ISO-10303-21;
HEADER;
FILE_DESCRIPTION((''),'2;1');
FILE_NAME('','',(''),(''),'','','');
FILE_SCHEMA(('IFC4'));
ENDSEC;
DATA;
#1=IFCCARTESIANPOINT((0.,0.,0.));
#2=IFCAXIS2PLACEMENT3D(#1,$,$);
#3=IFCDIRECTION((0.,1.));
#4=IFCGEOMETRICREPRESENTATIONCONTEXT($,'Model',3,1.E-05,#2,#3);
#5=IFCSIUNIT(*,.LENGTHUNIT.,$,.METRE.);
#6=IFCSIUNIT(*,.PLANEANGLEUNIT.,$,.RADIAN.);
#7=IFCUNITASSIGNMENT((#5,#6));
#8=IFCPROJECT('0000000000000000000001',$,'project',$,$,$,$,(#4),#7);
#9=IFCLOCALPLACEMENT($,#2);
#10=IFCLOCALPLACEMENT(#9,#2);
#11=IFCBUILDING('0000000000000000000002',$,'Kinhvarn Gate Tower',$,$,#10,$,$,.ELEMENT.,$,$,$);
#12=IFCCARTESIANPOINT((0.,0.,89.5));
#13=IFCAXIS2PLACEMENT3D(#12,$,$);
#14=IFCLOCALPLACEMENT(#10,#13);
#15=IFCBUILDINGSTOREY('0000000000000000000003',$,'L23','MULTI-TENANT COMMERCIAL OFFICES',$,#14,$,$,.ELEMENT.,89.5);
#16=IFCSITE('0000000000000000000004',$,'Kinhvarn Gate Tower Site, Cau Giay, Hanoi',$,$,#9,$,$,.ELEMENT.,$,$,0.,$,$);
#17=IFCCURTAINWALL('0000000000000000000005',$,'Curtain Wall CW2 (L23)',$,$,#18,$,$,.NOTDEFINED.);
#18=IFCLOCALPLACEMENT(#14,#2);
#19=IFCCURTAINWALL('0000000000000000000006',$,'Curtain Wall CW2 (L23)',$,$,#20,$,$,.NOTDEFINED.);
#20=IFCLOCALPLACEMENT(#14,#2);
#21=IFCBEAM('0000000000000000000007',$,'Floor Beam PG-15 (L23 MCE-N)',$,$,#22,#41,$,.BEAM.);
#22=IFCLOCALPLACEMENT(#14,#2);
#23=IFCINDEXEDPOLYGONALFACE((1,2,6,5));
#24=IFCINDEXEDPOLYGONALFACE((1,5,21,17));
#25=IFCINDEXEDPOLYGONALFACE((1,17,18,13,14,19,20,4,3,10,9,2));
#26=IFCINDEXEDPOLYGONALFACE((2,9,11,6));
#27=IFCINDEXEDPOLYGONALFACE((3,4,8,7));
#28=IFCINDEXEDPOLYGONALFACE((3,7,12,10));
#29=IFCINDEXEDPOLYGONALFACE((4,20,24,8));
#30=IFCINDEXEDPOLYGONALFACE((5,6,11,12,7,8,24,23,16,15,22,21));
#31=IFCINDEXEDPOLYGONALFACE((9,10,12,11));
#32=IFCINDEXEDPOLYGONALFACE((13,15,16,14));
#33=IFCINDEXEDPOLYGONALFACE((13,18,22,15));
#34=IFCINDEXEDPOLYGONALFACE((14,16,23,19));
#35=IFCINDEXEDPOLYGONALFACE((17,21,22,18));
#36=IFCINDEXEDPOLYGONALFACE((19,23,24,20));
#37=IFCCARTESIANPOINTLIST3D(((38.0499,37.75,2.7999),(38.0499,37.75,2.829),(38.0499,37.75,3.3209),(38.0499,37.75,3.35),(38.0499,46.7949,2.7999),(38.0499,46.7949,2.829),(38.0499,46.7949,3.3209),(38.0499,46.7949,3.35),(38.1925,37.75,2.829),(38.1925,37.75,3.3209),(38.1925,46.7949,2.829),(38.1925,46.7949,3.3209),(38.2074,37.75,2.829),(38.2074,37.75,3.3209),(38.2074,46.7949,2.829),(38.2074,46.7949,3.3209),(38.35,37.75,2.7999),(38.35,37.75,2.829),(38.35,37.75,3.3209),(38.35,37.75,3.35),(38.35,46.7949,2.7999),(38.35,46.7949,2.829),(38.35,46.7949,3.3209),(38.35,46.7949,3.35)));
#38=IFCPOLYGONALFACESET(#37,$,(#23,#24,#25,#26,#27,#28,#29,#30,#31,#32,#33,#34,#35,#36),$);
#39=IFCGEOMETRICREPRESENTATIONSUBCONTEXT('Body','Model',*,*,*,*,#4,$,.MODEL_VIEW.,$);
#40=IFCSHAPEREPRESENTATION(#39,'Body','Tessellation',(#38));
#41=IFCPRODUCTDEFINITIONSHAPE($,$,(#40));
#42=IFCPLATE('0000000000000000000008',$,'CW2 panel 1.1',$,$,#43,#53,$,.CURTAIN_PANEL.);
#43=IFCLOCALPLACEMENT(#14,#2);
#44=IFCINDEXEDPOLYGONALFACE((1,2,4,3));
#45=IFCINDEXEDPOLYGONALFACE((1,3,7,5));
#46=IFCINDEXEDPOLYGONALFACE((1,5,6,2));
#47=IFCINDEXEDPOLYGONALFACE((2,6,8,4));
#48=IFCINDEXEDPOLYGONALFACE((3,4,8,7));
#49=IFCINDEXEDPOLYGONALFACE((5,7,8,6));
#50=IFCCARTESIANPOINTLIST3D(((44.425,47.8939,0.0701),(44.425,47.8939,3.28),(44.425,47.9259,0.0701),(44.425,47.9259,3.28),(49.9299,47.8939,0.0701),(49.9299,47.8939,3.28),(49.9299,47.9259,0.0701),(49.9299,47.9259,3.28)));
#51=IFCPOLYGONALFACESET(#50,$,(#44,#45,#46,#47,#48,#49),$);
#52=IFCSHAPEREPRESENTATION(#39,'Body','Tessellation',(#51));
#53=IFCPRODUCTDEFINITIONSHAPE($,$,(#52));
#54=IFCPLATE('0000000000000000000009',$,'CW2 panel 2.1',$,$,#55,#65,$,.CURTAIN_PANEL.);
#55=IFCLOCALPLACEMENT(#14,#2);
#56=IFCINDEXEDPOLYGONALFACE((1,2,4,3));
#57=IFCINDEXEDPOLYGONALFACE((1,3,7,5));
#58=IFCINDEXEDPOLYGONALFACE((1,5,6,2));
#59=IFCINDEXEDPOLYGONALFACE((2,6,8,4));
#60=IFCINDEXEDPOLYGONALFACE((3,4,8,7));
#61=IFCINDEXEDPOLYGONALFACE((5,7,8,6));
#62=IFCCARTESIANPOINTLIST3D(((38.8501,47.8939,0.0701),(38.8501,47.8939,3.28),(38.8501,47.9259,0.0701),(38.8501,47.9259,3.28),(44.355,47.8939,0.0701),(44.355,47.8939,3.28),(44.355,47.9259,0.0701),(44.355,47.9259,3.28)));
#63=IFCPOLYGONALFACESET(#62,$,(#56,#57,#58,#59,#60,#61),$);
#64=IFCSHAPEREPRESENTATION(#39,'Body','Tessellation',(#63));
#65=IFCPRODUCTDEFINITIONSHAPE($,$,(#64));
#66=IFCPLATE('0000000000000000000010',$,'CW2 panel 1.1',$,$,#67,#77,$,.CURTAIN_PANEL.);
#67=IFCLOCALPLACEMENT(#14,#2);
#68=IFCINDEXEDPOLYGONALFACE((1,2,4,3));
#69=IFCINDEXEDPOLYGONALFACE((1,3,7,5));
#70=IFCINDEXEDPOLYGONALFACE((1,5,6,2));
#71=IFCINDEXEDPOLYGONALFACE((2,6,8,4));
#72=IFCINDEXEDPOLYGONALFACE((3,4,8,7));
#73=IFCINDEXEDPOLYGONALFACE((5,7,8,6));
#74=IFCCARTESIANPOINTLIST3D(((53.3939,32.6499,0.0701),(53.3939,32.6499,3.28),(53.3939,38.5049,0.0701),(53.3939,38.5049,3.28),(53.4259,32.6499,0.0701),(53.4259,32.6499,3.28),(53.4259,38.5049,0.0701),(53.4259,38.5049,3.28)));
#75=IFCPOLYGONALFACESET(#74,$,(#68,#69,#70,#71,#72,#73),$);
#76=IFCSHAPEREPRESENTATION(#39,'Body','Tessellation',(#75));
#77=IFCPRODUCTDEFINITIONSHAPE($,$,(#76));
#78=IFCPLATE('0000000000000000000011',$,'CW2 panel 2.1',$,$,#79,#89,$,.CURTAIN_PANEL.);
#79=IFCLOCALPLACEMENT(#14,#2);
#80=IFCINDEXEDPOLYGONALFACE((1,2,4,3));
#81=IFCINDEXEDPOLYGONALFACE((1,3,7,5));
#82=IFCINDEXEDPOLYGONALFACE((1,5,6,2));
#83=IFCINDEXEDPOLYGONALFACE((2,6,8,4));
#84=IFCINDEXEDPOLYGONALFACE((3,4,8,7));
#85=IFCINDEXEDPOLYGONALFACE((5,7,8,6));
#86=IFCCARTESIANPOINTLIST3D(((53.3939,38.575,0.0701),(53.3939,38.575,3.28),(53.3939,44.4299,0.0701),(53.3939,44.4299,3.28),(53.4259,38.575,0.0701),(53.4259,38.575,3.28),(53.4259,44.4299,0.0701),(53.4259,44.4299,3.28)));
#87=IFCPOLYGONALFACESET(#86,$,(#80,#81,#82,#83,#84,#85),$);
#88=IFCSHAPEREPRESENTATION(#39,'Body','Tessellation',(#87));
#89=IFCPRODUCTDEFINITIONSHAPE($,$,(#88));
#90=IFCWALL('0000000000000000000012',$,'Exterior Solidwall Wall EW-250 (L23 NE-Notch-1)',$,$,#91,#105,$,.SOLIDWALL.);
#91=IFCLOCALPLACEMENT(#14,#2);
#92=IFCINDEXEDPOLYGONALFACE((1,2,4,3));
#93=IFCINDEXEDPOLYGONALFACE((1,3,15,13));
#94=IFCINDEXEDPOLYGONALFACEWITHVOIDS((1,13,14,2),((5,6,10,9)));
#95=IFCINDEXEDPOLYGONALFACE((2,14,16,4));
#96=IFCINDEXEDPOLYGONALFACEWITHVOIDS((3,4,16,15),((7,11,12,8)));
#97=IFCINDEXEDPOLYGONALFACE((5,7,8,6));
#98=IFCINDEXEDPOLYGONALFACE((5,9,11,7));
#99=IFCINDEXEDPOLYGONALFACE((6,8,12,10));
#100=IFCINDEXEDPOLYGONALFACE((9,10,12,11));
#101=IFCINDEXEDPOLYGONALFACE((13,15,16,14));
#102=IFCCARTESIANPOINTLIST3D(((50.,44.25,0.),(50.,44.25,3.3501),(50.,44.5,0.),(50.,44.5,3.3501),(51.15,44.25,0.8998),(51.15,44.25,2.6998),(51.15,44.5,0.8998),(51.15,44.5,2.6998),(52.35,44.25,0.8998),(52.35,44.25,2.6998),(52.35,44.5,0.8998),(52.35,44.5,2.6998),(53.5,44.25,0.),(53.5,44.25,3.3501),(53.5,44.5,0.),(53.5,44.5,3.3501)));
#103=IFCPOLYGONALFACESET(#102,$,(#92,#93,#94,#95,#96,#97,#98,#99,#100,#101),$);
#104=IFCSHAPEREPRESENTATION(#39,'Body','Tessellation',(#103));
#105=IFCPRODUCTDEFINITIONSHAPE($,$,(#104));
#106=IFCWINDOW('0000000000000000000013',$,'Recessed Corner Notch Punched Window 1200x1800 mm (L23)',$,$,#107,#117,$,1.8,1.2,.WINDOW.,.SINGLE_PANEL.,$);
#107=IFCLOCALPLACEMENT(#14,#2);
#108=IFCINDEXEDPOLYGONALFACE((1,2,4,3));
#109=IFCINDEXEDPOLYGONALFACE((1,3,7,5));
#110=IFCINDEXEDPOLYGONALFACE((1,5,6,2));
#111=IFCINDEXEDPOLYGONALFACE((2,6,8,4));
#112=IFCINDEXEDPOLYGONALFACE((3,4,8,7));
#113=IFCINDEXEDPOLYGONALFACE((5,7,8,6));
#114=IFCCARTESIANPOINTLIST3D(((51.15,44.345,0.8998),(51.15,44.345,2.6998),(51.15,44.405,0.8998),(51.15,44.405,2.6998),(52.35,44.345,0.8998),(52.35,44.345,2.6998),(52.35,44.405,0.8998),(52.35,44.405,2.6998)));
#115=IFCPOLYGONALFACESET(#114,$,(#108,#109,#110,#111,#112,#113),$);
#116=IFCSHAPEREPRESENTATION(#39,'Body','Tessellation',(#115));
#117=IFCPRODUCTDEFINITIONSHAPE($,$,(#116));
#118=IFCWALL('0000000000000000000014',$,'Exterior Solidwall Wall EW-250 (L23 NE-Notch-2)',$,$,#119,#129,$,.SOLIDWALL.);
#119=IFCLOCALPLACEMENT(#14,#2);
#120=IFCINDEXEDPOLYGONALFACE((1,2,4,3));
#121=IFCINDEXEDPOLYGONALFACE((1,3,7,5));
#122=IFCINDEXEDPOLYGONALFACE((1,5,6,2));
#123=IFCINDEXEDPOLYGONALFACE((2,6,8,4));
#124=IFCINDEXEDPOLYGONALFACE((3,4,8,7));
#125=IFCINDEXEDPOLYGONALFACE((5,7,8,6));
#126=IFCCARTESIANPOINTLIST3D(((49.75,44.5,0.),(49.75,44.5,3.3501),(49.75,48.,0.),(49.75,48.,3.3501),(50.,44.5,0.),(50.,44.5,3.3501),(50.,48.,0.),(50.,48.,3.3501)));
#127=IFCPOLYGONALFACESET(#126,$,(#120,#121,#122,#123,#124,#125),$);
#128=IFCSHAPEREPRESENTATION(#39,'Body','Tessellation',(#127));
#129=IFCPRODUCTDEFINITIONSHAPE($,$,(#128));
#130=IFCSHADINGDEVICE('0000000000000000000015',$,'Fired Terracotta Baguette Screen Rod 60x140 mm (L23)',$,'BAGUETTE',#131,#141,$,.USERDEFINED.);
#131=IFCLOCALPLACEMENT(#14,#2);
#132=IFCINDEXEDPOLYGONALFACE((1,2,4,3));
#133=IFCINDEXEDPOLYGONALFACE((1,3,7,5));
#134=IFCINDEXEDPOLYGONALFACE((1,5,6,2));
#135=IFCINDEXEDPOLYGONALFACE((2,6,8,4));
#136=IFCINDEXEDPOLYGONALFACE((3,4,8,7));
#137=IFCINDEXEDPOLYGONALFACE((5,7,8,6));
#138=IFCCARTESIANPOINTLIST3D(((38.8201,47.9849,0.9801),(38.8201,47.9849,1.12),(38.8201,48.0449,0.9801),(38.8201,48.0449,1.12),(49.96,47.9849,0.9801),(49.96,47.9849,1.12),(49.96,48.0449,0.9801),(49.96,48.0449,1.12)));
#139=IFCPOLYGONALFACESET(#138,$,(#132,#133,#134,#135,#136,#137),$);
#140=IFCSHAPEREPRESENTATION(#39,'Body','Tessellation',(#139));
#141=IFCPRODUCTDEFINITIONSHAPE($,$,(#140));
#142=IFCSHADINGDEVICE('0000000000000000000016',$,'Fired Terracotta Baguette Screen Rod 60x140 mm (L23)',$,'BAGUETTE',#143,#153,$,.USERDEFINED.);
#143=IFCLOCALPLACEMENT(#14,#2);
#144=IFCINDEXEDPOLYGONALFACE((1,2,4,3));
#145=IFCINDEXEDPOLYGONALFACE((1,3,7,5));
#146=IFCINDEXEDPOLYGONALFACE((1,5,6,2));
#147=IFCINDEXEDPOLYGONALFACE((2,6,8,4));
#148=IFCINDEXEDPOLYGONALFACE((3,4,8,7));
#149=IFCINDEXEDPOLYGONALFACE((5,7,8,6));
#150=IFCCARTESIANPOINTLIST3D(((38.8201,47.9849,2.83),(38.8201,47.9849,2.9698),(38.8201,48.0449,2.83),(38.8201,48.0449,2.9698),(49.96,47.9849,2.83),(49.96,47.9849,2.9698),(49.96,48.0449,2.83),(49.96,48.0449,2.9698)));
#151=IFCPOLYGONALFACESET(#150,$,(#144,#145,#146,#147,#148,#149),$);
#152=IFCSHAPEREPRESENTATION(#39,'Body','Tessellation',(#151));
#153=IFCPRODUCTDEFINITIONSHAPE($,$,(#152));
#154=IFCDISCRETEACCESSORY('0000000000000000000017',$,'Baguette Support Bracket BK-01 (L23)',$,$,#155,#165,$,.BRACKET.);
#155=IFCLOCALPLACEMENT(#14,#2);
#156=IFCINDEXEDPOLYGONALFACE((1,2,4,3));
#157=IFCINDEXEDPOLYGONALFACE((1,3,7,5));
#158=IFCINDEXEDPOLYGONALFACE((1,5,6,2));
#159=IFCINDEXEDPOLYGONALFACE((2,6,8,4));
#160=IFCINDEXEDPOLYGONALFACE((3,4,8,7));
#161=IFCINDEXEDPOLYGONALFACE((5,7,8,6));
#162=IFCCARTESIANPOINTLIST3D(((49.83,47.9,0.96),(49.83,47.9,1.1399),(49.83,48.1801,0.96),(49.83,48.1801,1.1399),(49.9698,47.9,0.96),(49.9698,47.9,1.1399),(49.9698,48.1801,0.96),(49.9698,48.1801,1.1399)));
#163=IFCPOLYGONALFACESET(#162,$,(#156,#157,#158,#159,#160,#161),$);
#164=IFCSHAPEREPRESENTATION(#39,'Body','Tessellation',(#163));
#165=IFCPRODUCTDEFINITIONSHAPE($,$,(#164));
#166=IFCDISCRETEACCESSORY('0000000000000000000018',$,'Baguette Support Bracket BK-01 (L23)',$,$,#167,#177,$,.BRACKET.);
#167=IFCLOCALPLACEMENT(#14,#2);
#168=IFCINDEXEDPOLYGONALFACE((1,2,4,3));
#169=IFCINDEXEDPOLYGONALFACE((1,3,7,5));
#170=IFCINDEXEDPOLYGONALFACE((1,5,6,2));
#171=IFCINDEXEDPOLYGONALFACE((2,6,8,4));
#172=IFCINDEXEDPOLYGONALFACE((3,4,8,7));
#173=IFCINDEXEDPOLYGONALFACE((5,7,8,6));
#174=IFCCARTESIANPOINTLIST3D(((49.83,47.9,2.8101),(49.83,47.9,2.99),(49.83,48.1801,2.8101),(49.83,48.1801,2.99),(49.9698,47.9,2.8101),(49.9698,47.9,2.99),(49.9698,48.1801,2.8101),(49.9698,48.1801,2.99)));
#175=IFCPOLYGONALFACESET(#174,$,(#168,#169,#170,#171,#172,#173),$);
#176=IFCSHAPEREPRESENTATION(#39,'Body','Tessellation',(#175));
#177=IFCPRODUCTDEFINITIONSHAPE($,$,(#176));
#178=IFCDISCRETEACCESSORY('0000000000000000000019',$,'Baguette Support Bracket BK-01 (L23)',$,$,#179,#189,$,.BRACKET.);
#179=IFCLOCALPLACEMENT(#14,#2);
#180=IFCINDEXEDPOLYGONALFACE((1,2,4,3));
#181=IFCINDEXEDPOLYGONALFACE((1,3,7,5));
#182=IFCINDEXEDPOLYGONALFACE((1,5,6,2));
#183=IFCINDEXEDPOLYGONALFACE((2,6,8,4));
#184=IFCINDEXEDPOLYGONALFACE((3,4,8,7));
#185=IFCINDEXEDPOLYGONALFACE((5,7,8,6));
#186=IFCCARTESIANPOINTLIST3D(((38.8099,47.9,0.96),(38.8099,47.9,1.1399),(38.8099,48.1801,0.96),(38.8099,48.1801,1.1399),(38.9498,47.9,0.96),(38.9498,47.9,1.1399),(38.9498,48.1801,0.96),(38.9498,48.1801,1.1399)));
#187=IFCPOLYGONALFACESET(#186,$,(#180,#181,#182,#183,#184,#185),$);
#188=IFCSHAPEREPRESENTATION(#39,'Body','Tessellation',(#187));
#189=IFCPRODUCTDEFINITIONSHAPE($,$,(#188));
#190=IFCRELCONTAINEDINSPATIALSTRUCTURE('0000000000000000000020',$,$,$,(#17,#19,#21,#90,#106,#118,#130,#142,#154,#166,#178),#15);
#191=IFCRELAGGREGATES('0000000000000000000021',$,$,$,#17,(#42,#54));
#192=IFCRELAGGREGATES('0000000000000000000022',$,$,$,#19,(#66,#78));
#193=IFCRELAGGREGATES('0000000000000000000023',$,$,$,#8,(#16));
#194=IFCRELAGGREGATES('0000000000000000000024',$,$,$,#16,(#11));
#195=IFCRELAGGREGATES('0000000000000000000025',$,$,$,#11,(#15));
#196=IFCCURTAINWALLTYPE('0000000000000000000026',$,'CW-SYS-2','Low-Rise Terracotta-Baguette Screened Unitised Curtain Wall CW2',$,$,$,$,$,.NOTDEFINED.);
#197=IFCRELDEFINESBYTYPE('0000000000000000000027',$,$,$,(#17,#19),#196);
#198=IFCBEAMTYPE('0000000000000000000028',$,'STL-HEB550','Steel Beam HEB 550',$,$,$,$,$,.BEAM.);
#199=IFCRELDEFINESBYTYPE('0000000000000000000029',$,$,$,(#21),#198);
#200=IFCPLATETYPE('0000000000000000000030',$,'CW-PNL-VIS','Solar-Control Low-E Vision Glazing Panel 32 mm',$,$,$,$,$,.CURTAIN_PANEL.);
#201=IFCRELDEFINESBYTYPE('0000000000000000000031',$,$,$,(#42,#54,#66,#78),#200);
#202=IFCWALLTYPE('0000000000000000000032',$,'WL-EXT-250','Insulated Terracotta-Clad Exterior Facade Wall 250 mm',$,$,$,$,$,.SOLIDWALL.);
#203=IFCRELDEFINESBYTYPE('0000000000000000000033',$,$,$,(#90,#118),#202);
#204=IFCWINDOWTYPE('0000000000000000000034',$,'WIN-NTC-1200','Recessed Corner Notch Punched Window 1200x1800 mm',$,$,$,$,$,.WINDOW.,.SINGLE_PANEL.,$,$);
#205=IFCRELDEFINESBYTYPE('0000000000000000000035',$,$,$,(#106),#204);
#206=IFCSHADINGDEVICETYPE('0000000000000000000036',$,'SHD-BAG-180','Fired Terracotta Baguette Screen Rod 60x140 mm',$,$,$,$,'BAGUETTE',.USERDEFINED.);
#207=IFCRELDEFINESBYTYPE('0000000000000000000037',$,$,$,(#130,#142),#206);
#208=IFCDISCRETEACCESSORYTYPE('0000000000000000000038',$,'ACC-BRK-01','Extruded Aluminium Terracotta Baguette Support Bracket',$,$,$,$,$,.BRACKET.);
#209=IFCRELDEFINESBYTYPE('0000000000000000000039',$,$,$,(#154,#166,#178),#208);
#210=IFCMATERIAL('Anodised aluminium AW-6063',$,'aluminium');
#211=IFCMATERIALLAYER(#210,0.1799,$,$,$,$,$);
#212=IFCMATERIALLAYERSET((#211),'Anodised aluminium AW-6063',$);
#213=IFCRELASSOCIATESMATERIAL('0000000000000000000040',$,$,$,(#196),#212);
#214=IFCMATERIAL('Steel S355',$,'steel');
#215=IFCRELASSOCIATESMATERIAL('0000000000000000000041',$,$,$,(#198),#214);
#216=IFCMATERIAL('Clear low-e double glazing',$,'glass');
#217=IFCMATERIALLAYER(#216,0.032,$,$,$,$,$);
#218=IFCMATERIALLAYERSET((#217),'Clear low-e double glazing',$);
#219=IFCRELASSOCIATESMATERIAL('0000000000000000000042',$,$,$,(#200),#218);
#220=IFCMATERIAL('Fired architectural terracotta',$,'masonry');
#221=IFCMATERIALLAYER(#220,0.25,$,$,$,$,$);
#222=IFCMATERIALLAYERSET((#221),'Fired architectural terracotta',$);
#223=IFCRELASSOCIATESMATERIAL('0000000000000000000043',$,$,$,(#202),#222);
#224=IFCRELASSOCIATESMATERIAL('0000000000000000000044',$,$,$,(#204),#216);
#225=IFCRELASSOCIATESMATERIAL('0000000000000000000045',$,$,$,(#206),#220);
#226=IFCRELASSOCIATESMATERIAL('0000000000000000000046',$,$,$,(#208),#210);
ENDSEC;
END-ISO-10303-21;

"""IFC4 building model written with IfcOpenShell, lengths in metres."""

from ifc_helpers import new_model, si_unit, direction, frame, frame_2d, origin, origin_2d, place, context, subcontext, project, spatial, rectangle, i_section, extrude, material, layer, layer_set, material_profile, profile_set, type_object, element, fill, aggregate, save


model = new_model("IFC4")

# Units and contexts
model_context = context("Model", 3, precision=1e-05, world=origin(), true_north=direction((0.0, 1.0)))
body_context = subcontext(model_context, "Body", "Model", "MODEL_VIEW")
ifc_project = project(units=[si_unit("LENGTHUNIT", "METRE"), si_unit("PLANEANGLEUNIT", "RADIAN")], contexts=[model_context])

# Site, building, storey
site_placement = place(None, origin())
site = spatial("IfcSite", under=ifc_project, at=site_placement, Name="Kinhvarn Gate Tower Site, Cau Giay, Hanoi", CompositionType="ELEMENT", RefElevation=0.0)
building_placement = place(site_placement, origin())
building = spatial("IfcBuilding", under=site, at=building_placement, Name="Kinhvarn Gate Tower", CompositionType="ELEMENT")
storey_placement = place(building_placement, frame((0.0, 0.0, 89.5)))
storey = spatial("IfcBuildingStorey", under=building, at=storey_placement, Name="L23", Description="MULTI-TENANT COMMERCIAL OFFICES", CompositionType="ELEMENT", Elevation=89.5)

# Curtain walls
ifc_material_1 = material(Name="Anodised aluminium AW-6063", Category="aluminium")
ifc_layer_1 = layer(ifc_material_1, 0.1799)
ifc_layer_set_1 = layer_set([ifc_layer_1], Name="Anodised aluminium AW-6063")
curtain_wall_type = type_object("IfcCurtainWallType", Name="CW-SYS-2", Description="Low-Rise Terracotta-Baguette Screened Unitised Curtain Wall CW2", PredefinedType="NOTDEFINED", material=ifc_layer_set_1)
curtain_wall_1_placement = place(storey_placement, origin())
curtain_wall_1 = element("IfcCurtainWall", 1, at=curtain_wall_1_placement, inside=storey, type_object=curtain_wall_type, Name="Curtain Wall CW2 (L23)", PredefinedType="NOTDEFINED")
curtain_wall_2_placement = place(storey_placement, origin())
curtain_wall_2 = element("IfcCurtainWall", 2, at=curtain_wall_2_placement, inside=storey, type_object=curtain_wall_type, Name="Curtain Wall CW2 (L23)", PredefinedType="NOTDEFINED")

# Beam
ifc_material_2 = material(Name="Steel S355", Category="steel")
ifc_material_profile_1 = material_profile(ifc_material_2, i_section(OverallWidth=0.3, OverallDepth=0.55, WebThickness=0.0149, FlangeThickness=0.0291, at=origin_2d()), Name="HEB 550")
ifc_profile_set_1 = profile_set([ifc_material_profile_1], Name="Steel S355")
beam_type = type_object("IfcBeamType", Name="STL-HEB550", Description="Steel Beam HEB 550", PredefinedType="BEAM", material=ifc_profile_set_1)
beam_placement = place(storey_placement, frame((38.2, 37.75, 3.075), z_axis=(0.0, 1.0, 0.0), x_axis=(-1.0, 0.0, 0.0)))
element("IfcBeam", 3, at=beam_placement, inside=storey, type_object=beam_type, Name="Floor Beam PG-15 (L23 MCE-N)", PredefinedType="BEAM", context=body_context, shape_type="SweptSolid", body=[
    extrude(i_section(OverallWidth=0.3, OverallDepth=0.55, WebThickness=0.0149, FlangeThickness=0.0291, at=origin_2d()), origin(), (0.0, 0.0, 1.0), 9.0449),
])

# Plates
ifc_material_3 = material(Name="Clear low-e double glazing", Category="glass")
ifc_layer_2 = layer(ifc_material_3, 0.032)
ifc_layer_set_2 = layer_set([ifc_layer_2], Name="Clear low-e double glazing")
plate_type = type_object("IfcPlateType", Name="CW-PNL-VIS", Description="Solar-Control Low-E Vision Glazing Panel 32 mm", PredefinedType="CURTAIN_PANEL", material=ifc_layer_set_2)
plate_1_placement = place(storey_placement, frame((47.1775, 47.9099, 0.0701), z_axis=(0.0, 0.0, 1.0), x_axis=(-1.0, 0.0, 0.0)))
plate_1 = element("IfcPlate", 4, at=plate_1_placement, type_object=plate_type, Name="CW2 panel 1.1", PredefinedType="CURTAIN_PANEL", context=body_context, shape_type="SweptSolid", body=[
    extrude(rectangle(XDim=5.5049, YDim=0.032, at=origin_2d()), origin(), (0.0, 0.0, 1.0), 3.21),
])
plate_2_placement = place(storey_placement, frame((41.6025, 47.9099, 0.0701), z_axis=(0.0, 0.0, 1.0), x_axis=(-1.0, 0.0, 0.0)))
plate_2 = element("IfcPlate", 5, at=plate_2_placement, type_object=plate_type, Name="CW2 panel 2.1", PredefinedType="CURTAIN_PANEL", context=body_context, shape_type="SweptSolid", body=[
    extrude(rectangle(XDim=5.5049, YDim=0.032, at=origin_2d()), origin(), (0.0, 0.0, 1.0), 3.21),
])
aggregate(curtain_wall_1, [plate_1, plate_2])
plate_3_placement = place(storey_placement, frame((53.4099, 35.5774, 0.0701), z_axis=(0.0, 0.0, 1.0), x_axis=(0.0, 1.0, 0.0)))
plate_3 = element("IfcPlate", 6, at=plate_3_placement, type_object=plate_type, Name="CW2 panel 1.1", PredefinedType="CURTAIN_PANEL", context=body_context, shape_type="SweptSolid", body=[
    extrude(rectangle(XDim=5.855, YDim=0.032, at=origin_2d()), origin(), (0.0, 0.0, 1.0), 3.21),
])
plate_4_placement = place(storey_placement, frame((53.4099, 41.5024, 0.0701), z_axis=(0.0, 0.0, 1.0), x_axis=(0.0, 1.0, 0.0)))
plate_4 = element("IfcPlate", 7, at=plate_4_placement, type_object=plate_type, Name="CW2 panel 2.1", PredefinedType="CURTAIN_PANEL", context=body_context, shape_type="SweptSolid", body=[
    extrude(rectangle(XDim=5.855, YDim=0.032, at=origin_2d()), origin(), (0.0, 0.0, 1.0), 3.21),
])
aggregate(curtain_wall_2, [plate_3, plate_4])

# Wall, opening, window
ifc_material_4 = material(Name="Fired architectural terracotta", Category="masonry")
ifc_layer_3 = layer(ifc_material_4, 0.25)
ifc_layer_set_3 = layer_set([ifc_layer_3], Name="Fired architectural terracotta")
wall_type = type_object("IfcWallType", Name="WL-EXT-250", Description="Insulated Terracotta-Clad Exterior Facade Wall 250 mm", PredefinedType="SOLIDWALL", material=ifc_layer_set_3)
wall_1_placement = place(storey_placement, frame((53.5, 44.375, 0.0), z_axis=(0.0, 0.0, 1.0), x_axis=(-1.0, 0.0, 0.0)))
wall_1 = element("IfcWall", 8, at=wall_1_placement, inside=storey, type_object=wall_type, Name="Exterior Solidwall Wall EW-250 (L23 NE-Notch-1)", PredefinedType="SOLIDWALL", context=body_context, shape_type="SweptSolid", body=[
    extrude(rectangle(XDim=3.5, YDim=0.25, at=frame_2d((1.75, 0.0))), origin(), (0.0, 0.0, 1.0), 3.3501),
])
opening_placement = place(wall_1_placement, frame((1.1499, 0.0, 0.8999)))
opening = element("IfcOpeningElement", 9, at=opening_placement, cuts=wall_1, PredefinedType="OPENING", context=body_context, shape_type="SweptSolid", body=[
    extrude(rectangle(XDim=1.2, YDim=1.8, at=frame_2d((0.6001, 0.8999))), frame((0.0, 0.135, 0.0), z_axis=(0.0, -1.0, 0.0), x_axis=(1.0, 0.0, 0.0)), (0.0, 0.0, 1.0), 0.27),
])
window_type = type_object("IfcWindowType", Name="WIN-NTC-1200", Description="Recessed Corner Notch Punched Window 1200x1800 mm", PartitioningType="SINGLE_PANEL", PredefinedType="WINDOW", material=ifc_material_3)
window_placement = place(opening_placement, origin())
window = element("IfcWindow", 10, at=window_placement, inside=storey, type_object=window_type, Name="Recessed Corner Notch Punched Window 1200x1800 mm (L23)", OverallHeight=1.8, OverallWidth=1.2, PartitioningType="SINGLE_PANEL", PredefinedType="WINDOW", context=body_context, shape_type="SweptSolid", body=[
    extrude(rectangle(XDim=1.2, YDim=1.8, at=frame_2d((0.6001, 0.8999))), frame((0.0, 0.03, 0.0), z_axis=(0.0, -1.0, 0.0), x_axis=(1.0, 0.0, 0.0)), (0.0, 0.0, 1.0), 0.0601),
])
fill(opening, window)

# Wall
wall_2_placement = place(storey_placement, frame((49.875, 44.5, 0.0), z_axis=(0.0, 0.0, 1.0), x_axis=(0.0, 1.0, 0.0)))
element("IfcWall", 11, at=wall_2_placement, inside=storey, type_object=wall_type, Name="Exterior Solidwall Wall EW-250 (L23 NE-Notch-2)", PredefinedType="SOLIDWALL", context=body_context, shape_type="SweptSolid", body=[
    extrude(rectangle(XDim=3.5, YDim=0.25, at=frame_2d((1.75, 0.0))), origin(), (0.0, 0.0, 1.0), 3.3501),
])

# Shading devices
ifc_material_profile_2 = material_profile(ifc_material_4, rectangle(XDim=0.0601, YDim=0.1399, at=origin_2d()), Name="TC 60x140")
ifc_profile_set_2 = profile_set([ifc_material_profile_2], Name="Fired architectural terracotta")
shading_device_type = type_object("IfcShadingDeviceType", Name="SHD-BAG-180", Description="Fired Terracotta Baguette Screen Rod 60x140 mm", ElementType="BAGUETTE", PredefinedType="USERDEFINED", material=ifc_profile_set_2)
for number, where, z_axis, x_axis, name in (
    (12, (49.96, 48.0149, 1.05), (-1.0, 0.0, 0.0), (0.0, -1.0, 0.0), "Fired Terracotta Baguette Screen Rod 60x140 mm (L23)"),
    (13, (49.96, 48.0149, 2.8999), (-1.0, 0.0, 0.0), (0.0, -1.0, 0.0), "Fired Terracotta Baguette Screen Rod 60x140 mm (L23)"),
):
    element("IfcShadingDevice", number, at=place(storey_placement, frame(where, z_axis=z_axis, x_axis=x_axis)), inside=storey, type_object=shading_device_type, Name=name, ObjectType="BAGUETTE", PredefinedType="USERDEFINED", context=body_context, shape_type="SweptSolid", body=[
        extrude(rectangle(XDim=0.0601, YDim=0.1399, at=origin_2d()), origin(), (0.0, 0.0, 1.0), 11.1399),
    ])

# Discrete accessories
discrete_accessory_type = type_object("IfcDiscreteAccessoryType", Name="ACC-BRK-01", Description="Extruded Aluminium Terracotta Baguette Support Bracket", PredefinedType="BRACKET", material=ifc_material_1)
for number, where, z_axis, x_axis, name in (
    (14, (49.8999, 48.04, 0.96), (0.0, 0.0, 1.0), (-1.0, 0.0, 0.0), "Baguette Support Bracket BK-01 (L23)"),
    (15, (49.8999, 48.04, 2.8101), (0.0, 0.0, 1.0), (-1.0, 0.0, 0.0), "Baguette Support Bracket BK-01 (L23)"),
    (16, (38.8799, 48.04, 0.96), (0.0, 0.0, 1.0), (-1.0, 0.0, 0.0), "Baguette Support Bracket BK-01 (L23)"),
):
    element("IfcDiscreteAccessory", number, at=place(storey_placement, frame(where, z_axis=z_axis, x_axis=x_axis)), inside=storey, type_object=discrete_accessory_type, Name=name, PredefinedType="BRACKET", context=body_context, shape_type="SweptSolid", body=[
        extrude(rectangle(XDim=0.1399, YDim=0.28, at=origin_2d()), origin(), (0.0, 0.0, 1.0), 0.1799),
    ])

save(model, "model.ifc")
